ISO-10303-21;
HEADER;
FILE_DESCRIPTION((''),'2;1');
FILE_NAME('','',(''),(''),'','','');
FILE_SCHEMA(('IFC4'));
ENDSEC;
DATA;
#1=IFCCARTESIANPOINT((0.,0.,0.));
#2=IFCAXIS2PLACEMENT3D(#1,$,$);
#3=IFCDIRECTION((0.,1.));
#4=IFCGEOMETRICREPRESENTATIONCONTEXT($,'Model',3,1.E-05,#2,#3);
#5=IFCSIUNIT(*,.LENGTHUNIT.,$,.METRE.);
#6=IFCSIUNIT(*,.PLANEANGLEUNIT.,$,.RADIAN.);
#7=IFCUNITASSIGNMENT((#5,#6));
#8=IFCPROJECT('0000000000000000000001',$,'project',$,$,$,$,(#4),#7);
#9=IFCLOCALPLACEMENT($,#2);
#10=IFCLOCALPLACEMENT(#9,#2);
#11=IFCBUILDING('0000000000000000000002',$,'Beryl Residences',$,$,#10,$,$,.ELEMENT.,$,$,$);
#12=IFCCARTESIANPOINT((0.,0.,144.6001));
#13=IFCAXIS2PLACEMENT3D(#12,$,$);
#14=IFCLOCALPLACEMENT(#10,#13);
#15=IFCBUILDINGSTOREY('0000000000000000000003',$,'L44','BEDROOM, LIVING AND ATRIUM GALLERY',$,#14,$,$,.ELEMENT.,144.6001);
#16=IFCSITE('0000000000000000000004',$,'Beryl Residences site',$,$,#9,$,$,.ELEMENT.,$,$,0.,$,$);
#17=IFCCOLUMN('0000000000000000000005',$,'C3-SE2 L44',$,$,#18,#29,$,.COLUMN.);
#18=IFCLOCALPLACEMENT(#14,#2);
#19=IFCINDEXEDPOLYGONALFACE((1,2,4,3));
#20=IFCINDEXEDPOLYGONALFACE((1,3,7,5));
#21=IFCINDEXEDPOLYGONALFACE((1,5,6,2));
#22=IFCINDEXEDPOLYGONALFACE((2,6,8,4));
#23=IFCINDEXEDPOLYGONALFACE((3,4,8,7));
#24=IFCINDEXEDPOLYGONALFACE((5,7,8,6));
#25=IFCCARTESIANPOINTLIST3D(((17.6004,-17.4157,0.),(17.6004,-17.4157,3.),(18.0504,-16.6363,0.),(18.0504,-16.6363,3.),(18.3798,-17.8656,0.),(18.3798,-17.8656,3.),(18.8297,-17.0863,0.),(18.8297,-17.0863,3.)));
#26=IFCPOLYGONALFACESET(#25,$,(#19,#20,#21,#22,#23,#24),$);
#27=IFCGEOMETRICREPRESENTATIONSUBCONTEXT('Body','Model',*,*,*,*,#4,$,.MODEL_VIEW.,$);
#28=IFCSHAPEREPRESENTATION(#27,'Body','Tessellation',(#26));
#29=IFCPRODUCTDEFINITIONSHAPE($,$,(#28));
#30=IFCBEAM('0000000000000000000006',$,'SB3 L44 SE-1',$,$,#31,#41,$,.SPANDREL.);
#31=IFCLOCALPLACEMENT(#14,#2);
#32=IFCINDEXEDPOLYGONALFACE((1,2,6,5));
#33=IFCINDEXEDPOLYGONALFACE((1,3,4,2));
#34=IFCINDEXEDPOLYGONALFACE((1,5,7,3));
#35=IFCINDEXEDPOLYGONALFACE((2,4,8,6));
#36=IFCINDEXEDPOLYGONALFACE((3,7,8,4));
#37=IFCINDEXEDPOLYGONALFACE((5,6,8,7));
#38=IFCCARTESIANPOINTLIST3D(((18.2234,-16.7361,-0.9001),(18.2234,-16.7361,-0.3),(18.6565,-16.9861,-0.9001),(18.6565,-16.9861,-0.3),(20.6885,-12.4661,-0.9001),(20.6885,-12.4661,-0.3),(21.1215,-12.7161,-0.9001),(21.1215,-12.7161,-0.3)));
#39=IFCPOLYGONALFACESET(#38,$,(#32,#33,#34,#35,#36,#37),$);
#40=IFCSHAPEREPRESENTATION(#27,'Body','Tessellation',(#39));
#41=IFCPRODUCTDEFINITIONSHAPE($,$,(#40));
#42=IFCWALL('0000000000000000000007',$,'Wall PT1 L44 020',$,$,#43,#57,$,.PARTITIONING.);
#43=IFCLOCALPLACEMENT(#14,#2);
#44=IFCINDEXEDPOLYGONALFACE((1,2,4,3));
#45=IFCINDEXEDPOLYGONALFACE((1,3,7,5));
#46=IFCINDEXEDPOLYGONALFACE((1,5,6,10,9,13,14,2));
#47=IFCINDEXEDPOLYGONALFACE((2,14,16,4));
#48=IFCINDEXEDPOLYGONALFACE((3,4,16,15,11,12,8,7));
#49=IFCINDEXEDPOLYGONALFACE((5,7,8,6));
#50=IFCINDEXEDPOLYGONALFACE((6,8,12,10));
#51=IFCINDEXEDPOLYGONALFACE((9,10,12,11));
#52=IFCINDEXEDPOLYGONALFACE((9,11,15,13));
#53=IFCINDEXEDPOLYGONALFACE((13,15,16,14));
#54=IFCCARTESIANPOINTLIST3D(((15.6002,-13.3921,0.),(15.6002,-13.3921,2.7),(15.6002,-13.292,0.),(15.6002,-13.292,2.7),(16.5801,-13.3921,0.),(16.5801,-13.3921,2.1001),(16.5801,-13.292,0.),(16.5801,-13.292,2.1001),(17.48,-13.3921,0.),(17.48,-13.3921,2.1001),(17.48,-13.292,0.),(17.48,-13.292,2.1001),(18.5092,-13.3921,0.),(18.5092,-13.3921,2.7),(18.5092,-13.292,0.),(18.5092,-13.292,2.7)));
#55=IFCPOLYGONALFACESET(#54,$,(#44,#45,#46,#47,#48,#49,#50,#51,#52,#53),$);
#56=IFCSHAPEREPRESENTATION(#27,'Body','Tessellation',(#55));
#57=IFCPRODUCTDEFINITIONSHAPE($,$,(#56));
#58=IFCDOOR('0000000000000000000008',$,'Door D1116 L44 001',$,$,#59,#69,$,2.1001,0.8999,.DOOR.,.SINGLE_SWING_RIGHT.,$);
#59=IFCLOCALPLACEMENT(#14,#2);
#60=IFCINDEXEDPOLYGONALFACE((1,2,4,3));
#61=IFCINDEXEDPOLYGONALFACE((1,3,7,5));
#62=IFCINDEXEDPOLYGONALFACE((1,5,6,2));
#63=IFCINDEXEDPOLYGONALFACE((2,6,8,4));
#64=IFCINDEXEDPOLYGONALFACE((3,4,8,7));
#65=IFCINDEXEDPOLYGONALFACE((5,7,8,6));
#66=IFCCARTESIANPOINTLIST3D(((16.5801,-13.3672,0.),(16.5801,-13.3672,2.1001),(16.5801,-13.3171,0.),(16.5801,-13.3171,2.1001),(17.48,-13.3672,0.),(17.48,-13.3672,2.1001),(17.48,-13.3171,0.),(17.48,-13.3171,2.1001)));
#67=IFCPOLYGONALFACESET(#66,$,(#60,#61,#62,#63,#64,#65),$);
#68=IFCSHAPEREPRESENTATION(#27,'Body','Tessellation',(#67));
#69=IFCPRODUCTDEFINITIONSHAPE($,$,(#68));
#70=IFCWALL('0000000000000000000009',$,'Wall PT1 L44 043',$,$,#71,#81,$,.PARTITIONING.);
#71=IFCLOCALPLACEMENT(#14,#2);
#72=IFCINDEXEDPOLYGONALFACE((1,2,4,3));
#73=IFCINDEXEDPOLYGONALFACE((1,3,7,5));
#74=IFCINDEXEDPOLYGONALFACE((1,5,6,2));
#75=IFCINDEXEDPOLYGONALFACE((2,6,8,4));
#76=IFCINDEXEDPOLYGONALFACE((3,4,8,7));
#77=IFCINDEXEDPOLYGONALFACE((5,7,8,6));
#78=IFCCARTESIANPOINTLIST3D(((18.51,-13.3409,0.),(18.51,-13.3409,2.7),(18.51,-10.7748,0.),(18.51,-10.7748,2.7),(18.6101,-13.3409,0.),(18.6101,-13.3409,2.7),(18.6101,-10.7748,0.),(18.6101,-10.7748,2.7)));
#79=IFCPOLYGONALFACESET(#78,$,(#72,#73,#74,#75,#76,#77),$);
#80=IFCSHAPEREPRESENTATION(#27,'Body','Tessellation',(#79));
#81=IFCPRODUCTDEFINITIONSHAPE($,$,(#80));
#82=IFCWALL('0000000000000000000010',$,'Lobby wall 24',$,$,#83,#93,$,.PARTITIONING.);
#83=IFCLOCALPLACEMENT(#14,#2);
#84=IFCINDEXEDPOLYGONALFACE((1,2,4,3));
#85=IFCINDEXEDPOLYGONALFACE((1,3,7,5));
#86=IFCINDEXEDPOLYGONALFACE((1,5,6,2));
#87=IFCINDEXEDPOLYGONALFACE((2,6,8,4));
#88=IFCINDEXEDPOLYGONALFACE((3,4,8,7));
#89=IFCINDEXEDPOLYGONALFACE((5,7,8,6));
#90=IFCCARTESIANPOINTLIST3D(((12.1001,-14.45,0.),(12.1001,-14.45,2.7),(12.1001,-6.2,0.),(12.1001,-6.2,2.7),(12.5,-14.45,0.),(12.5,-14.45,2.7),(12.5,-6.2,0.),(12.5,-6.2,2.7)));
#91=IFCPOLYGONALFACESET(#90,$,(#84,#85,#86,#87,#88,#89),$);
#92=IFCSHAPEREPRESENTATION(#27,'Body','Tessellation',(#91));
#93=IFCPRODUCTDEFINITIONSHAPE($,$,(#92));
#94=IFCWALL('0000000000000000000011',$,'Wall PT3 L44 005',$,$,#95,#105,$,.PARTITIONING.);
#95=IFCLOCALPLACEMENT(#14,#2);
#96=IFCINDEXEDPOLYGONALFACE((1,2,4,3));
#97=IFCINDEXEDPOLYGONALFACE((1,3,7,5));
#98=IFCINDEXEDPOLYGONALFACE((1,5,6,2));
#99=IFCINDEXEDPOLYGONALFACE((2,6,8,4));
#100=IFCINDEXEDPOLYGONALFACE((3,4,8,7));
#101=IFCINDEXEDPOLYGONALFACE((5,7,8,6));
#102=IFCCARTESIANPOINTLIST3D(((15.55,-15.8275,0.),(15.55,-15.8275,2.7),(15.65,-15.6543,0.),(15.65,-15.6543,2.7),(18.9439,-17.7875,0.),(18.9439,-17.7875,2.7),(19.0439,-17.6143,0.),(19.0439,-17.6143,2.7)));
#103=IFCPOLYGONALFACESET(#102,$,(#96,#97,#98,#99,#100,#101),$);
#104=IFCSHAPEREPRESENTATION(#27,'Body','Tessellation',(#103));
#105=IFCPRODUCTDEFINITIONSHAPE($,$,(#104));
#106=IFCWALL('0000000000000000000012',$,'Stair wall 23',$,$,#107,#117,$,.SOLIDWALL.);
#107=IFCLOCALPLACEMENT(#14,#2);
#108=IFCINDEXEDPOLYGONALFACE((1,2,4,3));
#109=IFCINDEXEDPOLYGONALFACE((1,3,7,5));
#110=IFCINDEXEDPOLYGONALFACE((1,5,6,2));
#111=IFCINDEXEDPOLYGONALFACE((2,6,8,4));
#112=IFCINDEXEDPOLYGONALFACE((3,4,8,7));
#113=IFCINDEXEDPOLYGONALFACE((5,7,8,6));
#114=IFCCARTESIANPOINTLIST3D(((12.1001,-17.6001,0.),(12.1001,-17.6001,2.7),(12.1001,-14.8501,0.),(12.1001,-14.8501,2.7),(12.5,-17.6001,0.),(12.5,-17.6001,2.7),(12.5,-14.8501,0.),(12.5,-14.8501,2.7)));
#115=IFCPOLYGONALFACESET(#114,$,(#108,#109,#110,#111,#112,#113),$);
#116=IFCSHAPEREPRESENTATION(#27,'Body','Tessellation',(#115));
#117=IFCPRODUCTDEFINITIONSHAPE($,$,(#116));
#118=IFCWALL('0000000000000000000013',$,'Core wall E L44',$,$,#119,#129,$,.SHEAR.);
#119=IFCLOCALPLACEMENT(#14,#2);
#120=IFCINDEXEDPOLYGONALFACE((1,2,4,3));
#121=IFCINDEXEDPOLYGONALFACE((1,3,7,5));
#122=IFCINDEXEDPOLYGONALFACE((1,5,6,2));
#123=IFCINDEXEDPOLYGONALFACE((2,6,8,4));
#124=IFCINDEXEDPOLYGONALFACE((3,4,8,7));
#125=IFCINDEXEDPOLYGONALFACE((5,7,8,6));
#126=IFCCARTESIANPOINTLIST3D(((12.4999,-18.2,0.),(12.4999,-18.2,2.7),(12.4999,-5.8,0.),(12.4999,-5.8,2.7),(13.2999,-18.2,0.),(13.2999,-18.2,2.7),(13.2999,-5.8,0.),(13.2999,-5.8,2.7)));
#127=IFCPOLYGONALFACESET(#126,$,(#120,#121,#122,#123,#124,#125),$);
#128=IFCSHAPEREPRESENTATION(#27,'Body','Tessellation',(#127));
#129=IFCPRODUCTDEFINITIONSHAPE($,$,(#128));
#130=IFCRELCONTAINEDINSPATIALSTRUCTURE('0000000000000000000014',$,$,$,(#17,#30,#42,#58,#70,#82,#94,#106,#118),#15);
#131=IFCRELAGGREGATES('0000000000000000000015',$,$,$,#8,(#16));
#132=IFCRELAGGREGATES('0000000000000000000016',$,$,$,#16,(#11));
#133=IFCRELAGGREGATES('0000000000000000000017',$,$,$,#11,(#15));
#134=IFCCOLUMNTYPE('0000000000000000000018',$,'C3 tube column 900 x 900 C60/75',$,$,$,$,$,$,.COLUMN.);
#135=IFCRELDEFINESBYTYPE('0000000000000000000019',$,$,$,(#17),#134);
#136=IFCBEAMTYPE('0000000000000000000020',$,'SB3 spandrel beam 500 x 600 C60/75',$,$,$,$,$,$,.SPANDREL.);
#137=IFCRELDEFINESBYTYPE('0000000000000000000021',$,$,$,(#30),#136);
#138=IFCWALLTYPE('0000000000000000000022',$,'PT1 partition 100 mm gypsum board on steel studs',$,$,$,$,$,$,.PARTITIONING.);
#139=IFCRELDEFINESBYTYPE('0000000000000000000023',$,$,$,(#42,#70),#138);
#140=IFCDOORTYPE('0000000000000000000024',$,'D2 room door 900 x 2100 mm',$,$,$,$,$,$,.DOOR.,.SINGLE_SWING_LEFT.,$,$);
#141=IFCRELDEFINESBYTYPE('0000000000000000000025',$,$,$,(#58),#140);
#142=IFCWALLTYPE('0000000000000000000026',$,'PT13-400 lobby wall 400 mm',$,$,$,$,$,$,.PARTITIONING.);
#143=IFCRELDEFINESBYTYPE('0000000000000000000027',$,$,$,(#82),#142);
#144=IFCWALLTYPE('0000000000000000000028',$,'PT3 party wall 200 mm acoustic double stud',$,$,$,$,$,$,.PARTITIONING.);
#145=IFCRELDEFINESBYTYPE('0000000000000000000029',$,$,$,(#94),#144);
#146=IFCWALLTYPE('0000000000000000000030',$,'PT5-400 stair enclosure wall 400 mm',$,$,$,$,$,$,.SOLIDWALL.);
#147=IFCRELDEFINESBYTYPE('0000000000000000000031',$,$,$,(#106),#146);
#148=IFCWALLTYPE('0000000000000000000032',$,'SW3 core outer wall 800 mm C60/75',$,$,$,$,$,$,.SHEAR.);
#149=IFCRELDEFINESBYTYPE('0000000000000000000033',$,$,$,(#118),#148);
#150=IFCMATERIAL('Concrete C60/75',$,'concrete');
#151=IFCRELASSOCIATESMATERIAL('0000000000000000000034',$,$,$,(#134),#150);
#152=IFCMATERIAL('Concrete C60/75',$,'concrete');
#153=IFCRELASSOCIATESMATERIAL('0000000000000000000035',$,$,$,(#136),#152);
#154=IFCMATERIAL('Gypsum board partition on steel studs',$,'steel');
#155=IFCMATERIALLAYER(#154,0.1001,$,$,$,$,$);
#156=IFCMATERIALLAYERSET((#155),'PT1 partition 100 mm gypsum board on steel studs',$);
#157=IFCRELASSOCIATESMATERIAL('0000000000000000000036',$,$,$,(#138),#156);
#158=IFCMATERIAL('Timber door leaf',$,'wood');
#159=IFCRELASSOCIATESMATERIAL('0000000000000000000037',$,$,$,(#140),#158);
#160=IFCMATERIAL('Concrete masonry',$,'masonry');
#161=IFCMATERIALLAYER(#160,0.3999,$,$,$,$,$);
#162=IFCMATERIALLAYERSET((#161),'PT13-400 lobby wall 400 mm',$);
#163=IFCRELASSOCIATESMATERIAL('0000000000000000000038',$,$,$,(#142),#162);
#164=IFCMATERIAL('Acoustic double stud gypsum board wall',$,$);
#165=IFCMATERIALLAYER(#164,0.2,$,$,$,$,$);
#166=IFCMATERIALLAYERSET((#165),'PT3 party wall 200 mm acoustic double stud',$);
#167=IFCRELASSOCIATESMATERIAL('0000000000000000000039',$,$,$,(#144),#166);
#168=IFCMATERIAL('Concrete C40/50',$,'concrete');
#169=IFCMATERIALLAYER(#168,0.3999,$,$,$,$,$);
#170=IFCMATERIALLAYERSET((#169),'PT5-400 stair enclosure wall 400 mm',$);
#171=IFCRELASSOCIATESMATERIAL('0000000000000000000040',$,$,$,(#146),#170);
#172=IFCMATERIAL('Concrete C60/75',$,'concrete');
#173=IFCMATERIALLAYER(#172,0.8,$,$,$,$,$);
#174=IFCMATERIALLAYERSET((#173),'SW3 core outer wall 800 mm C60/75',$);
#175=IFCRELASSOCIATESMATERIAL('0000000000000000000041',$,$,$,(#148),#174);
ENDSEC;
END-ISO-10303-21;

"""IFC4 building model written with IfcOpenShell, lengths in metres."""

from ifc_helpers import new_model, si_unit, direction, frame, frame_2d, origin, origin_2d, place, context, subcontext, project, spatial, rectangle, extrude, material, layer, layer_set, material_profile, profile_set, type_object, element, fill, save


model = new_model("IFC4")

# Units and contexts
model_context = context("Model", 3, precision=1e-05, world=origin(), true_north=direction((0.0, 1.0)))
body_context = subcontext(model_context, "Body", "Model", "MODEL_VIEW")
ifc_project = project(units=[si_unit("LENGTHUNIT", "METRE"), si_unit("PLANEANGLEUNIT", "RADIAN")], contexts=[model_context])

# Site, building, storey
site_placement = place(None, origin())
site = spatial("IfcSite", under=ifc_project, at=site_placement, Name="Beryl Residences site", CompositionType="ELEMENT", RefElevation=0.0)
building_placement = place(site_placement, origin())
building = spatial("IfcBuilding", under=site, at=building_placement, Name="Beryl Residences", CompositionType="ELEMENT")
storey_placement = place(building_placement, frame((0.0, 0.0, 144.6001)))
storey = spatial("IfcBuildingStorey", under=building, at=storey_placement, Name="L44", Description="BEDROOM, LIVING AND ATRIUM GALLERY", CompositionType="ELEMENT", Elevation=144.6001)

# Column
ifc_material_1 = material(Name="Concrete C60/75", Category="concrete")
ifc_material_profile_1 = material_profile(ifc_material_1, rectangle(XDim=0.8999, YDim=0.8999, at=origin_2d()))
ifc_profile_set_1 = profile_set([ifc_material_profile_1], Name="Concrete C60/75")
column_type = type_object("IfcColumnType", Name="C3 tube column 900 x 900 C60/75", PredefinedType="COLUMN", material=ifc_profile_set_1)
column_placement = place(storey_placement, frame((18.2151, -17.251, 0.0), z_axis=(0.0, 0.0, 1.0), x_axis=(0.5, 0.866025, 0.0)))
element("IfcColumn", 1, at=column_placement, inside=storey, type_object=column_type, Name="C3-SE2 L44", PredefinedType="COLUMN", context=body_context, shape_type="SweptSolid", body=[
    extrude(rectangle(XDim=0.8999, YDim=0.8999, at=origin_2d()), origin(), (0.0, 0.0, 1.0), 3.0),
])

# Beam
ifc_material_2 = material(Name="Concrete C60/75", Category="concrete")
ifc_material_profile_2 = material_profile(ifc_material_2, rectangle(XDim=0.5, YDim=0.6001, at=origin_2d()))
ifc_profile_set_2 = profile_set([ifc_material_profile_2], Name="Concrete C60/75")
beam_type = type_object("IfcBeamType", Name="SB3 spandrel beam 500 x 600 C60/75", PredefinedType="SPANDREL", material=ifc_profile_set_2)
beam_placement = place(storey_placement, frame((18.4399, -16.8611, -0.6001), z_axis=(0.499968, 0.866044, 0.0), x_axis=(-0.866044, 0.499968, 0.0)))
element("IfcBeam", 2, at=beam_placement, inside=storey, type_object=beam_type, Name="SB3 L44 SE-1", PredefinedType="SPANDREL", context=body_context, shape_type="SweptSolid", body=[
    extrude(rectangle(XDim=0.5, YDim=0.6001, at=origin_2d()), origin(), (0.0, 0.0, 1.0), 4.9304),
])

# Wall, opening, door
ifc_material_3 = material(Name="Gypsum board partition on steel studs", Category="steel")
ifc_layer_1 = layer(ifc_material_3, 0.1001)
ifc_layer_set_1 = layer_set([ifc_layer_1], Name="PT1 partition 100 mm gypsum board on steel studs")
wall_type_1 = type_object("IfcWallType", Name="PT1 partition 100 mm gypsum board on steel studs", PredefinedType="PARTITIONING", material=ifc_layer_set_1)
wall_1_placement = place(storey_placement, frame((15.6001, -13.342, 0.0), z_axis=(0.0, 0.0, 1.0), x_axis=(1.0, 0.0, 0.0)))
wall_1 = element("IfcWall", 3, at=wall_1_placement, inside=storey, type_object=wall_type_1, Name="Wall PT1 L44 020", PredefinedType="PARTITIONING", context=body_context, shape_type="SweptSolid", body=[
    extrude(rectangle(XDim=2.9089, YDim=0.1001, at=frame_2d((1.4546, 0.0))), origin(), (0.0, 0.0, 1.0), 2.7),
])
opening_placement = place(wall_1_placement, frame((0.98, 0.0, 0.0)))
opening = element("IfcOpeningElement", 4, at=opening_placement, cuts=wall_1, PredefinedType="OPENING", context=body_context, shape_type="SweptSolid", body=[
    extrude(rectangle(XDim=0.8999, YDim=2.1001, at=frame_2d((0.45, 1.05))), frame((0.0, 0.0601, 0.0), z_axis=(0.0, -1.0, 0.0), x_axis=(1.0, 0.0, 0.0)), (0.0, 0.0, 1.0), 0.1201),
])
ifc_material_4 = material(Name="Timber door leaf", Category="wood")
door_type = type_object("IfcDoorType", Name="D2 room door 900 x 2100 mm", OperationType="SINGLE_SWING_LEFT", PredefinedType="DOOR", material=ifc_material_4)
door_placement = place(opening_placement, origin())
door = element("IfcDoor", 5, at=door_placement, inside=storey, type_object=door_type, Name="Door D1116 L44 001", OperationType="SINGLE_SWING_RIGHT", OverallHeight=2.1001, OverallWidth=0.8999, PredefinedType="DOOR", context=body_context, shape_type="SweptSolid", body=[
    extrude(rectangle(XDim=0.8999, YDim=2.1001, at=frame_2d((0.45, 1.05))), frame((0.0, 0.0249, 0.0), z_axis=(0.0, -1.0, 0.0), x_axis=(1.0, 0.0, 0.0)), (0.0, 0.0, 1.0), 0.05),
])
fill(opening, door)

# Walls
wall_2_placement = place(storey_placement, frame((18.5601, -13.3411, 0.0), z_axis=(0.0, 0.0, 1.0), x_axis=(0.0, 1.0, 0.0)))
element("IfcWall", 6, at=wall_2_placement, inside=storey, type_object=wall_type_1, Name="Wall PT1 L44 043", PredefinedType="PARTITIONING", context=body_context, shape_type="SweptSolid", body=[
    extrude(rectangle(XDim=2.5662, YDim=0.1001, at=frame_2d((1.2832, 0.0))), origin(), (0.0, 0.0, 1.0), 2.7),
])
ifc_material_5 = material(Name="Concrete masonry", Category="masonry")
ifc_layer_2 = layer(ifc_material_5, 0.3999)
ifc_layer_set_2 = layer_set([ifc_layer_2], Name="PT13-400 lobby wall 400 mm")
wall_type_2 = type_object("IfcWallType", Name="PT13-400 lobby wall 400 mm", PredefinedType="PARTITIONING", material=ifc_layer_set_2)
wall_3_placement = place(storey_placement, frame((12.3, -14.45, 0.0), z_axis=(0.0, 0.0, 1.0), x_axis=(0.0, 1.0, 0.0)))
element("IfcWall", 7, at=wall_3_placement, inside=storey, type_object=wall_type_2, Name="Lobby wall 24", PredefinedType="PARTITIONING", context=body_context, shape_type="SweptSolid", body=[
    extrude(rectangle(XDim=8.25, YDim=0.3999, at=frame_2d((4.125, 0.0))), origin(), (0.0, 0.0, 1.0), 2.7),
])
ifc_material_6 = material(Name="Acoustic double stud gypsum board wall")
ifc_layer_3 = layer(ifc_material_6, 0.2)
ifc_layer_set_3 = layer_set([ifc_layer_3], Name="PT3 party wall 200 mm acoustic double stud")
wall_type_3 = type_object("IfcWallType", Name="PT3 party wall 200 mm acoustic double stud", PredefinedType="PARTITIONING", material=ifc_layer_set_3)
wall_4_placement = place(storey_placement, frame((15.6001, -15.741, 0.0), z_axis=(0.0, 0.0, 1.0), x_axis=(0.865965, -0.500105, 0.0)))
element("IfcWall", 8, at=wall_4_placement, inside=storey, type_object=wall_type_3, Name="Wall PT3 L44 005", PredefinedType="PARTITIONING", context=body_context, shape_type="SweptSolid", body=[
    extrude(rectangle(XDim=3.9192, YDim=0.2, at=frame_2d((1.9595, 0.0))), origin(), (0.0, 0.0, 1.0), 2.7),
])
ifc_material_7 = material(Name="Concrete C40/50", Category="concrete")
ifc_layer_4 = layer(ifc_material_7, 0.3999)
ifc_layer_set_4 = layer_set([ifc_layer_4], Name="PT5-400 stair enclosure wall 400 mm")
wall_type_4 = type_object("IfcWallType", Name="PT5-400 stair enclosure wall 400 mm", PredefinedType="SOLIDWALL", material=ifc_layer_set_4)
wall_5_placement = place(storey_placement, frame((12.3, -17.6001, 0.0), z_axis=(0.0, 0.0, 1.0), x_axis=(0.0, 1.0, 0.0)))
element("IfcWall", 9, at=wall_5_placement, inside=storey, type_object=wall_type_4, Name="Stair wall 23", PredefinedType="SOLIDWALL", context=body_context, shape_type="SweptSolid", body=[
    extrude(rectangle(XDim=2.75, YDim=0.3999, at=frame_2d((1.375, 0.0))), origin(), (0.0, 0.0, 1.0), 2.7),
])
ifc_material_8 = material(Name="Concrete C60/75", Category="concrete")
ifc_layer_5 = layer(ifc_material_8, 0.8)
ifc_layer_set_5 = layer_set([ifc_layer_5], Name="SW3 core outer wall 800 mm C60/75")
wall_type_5 = type_object("IfcWallType", Name="SW3 core outer wall 800 mm C60/75", PredefinedType="SHEAR", material=ifc_layer_set_5)
wall_6_placement = place(storey_placement, frame((12.8999, -18.2, 0.0), z_axis=(0.0, 0.0, 1.0), x_axis=(0.0, 1.0, 0.0)))
element("IfcWall", 10, at=wall_6_placement, inside=storey, type_object=wall_type_5, Name="Core wall E L44", PredefinedType="SHEAR", context=body_context, shape_type="SweptSolid", body=[
    extrude(rectangle(XDim=12.3999, YDim=0.8, at=frame_2d((6.2, 0.0))), origin(), (0.0, 0.0, 1.0), 2.7),
])

save(model, "model.ifc")
